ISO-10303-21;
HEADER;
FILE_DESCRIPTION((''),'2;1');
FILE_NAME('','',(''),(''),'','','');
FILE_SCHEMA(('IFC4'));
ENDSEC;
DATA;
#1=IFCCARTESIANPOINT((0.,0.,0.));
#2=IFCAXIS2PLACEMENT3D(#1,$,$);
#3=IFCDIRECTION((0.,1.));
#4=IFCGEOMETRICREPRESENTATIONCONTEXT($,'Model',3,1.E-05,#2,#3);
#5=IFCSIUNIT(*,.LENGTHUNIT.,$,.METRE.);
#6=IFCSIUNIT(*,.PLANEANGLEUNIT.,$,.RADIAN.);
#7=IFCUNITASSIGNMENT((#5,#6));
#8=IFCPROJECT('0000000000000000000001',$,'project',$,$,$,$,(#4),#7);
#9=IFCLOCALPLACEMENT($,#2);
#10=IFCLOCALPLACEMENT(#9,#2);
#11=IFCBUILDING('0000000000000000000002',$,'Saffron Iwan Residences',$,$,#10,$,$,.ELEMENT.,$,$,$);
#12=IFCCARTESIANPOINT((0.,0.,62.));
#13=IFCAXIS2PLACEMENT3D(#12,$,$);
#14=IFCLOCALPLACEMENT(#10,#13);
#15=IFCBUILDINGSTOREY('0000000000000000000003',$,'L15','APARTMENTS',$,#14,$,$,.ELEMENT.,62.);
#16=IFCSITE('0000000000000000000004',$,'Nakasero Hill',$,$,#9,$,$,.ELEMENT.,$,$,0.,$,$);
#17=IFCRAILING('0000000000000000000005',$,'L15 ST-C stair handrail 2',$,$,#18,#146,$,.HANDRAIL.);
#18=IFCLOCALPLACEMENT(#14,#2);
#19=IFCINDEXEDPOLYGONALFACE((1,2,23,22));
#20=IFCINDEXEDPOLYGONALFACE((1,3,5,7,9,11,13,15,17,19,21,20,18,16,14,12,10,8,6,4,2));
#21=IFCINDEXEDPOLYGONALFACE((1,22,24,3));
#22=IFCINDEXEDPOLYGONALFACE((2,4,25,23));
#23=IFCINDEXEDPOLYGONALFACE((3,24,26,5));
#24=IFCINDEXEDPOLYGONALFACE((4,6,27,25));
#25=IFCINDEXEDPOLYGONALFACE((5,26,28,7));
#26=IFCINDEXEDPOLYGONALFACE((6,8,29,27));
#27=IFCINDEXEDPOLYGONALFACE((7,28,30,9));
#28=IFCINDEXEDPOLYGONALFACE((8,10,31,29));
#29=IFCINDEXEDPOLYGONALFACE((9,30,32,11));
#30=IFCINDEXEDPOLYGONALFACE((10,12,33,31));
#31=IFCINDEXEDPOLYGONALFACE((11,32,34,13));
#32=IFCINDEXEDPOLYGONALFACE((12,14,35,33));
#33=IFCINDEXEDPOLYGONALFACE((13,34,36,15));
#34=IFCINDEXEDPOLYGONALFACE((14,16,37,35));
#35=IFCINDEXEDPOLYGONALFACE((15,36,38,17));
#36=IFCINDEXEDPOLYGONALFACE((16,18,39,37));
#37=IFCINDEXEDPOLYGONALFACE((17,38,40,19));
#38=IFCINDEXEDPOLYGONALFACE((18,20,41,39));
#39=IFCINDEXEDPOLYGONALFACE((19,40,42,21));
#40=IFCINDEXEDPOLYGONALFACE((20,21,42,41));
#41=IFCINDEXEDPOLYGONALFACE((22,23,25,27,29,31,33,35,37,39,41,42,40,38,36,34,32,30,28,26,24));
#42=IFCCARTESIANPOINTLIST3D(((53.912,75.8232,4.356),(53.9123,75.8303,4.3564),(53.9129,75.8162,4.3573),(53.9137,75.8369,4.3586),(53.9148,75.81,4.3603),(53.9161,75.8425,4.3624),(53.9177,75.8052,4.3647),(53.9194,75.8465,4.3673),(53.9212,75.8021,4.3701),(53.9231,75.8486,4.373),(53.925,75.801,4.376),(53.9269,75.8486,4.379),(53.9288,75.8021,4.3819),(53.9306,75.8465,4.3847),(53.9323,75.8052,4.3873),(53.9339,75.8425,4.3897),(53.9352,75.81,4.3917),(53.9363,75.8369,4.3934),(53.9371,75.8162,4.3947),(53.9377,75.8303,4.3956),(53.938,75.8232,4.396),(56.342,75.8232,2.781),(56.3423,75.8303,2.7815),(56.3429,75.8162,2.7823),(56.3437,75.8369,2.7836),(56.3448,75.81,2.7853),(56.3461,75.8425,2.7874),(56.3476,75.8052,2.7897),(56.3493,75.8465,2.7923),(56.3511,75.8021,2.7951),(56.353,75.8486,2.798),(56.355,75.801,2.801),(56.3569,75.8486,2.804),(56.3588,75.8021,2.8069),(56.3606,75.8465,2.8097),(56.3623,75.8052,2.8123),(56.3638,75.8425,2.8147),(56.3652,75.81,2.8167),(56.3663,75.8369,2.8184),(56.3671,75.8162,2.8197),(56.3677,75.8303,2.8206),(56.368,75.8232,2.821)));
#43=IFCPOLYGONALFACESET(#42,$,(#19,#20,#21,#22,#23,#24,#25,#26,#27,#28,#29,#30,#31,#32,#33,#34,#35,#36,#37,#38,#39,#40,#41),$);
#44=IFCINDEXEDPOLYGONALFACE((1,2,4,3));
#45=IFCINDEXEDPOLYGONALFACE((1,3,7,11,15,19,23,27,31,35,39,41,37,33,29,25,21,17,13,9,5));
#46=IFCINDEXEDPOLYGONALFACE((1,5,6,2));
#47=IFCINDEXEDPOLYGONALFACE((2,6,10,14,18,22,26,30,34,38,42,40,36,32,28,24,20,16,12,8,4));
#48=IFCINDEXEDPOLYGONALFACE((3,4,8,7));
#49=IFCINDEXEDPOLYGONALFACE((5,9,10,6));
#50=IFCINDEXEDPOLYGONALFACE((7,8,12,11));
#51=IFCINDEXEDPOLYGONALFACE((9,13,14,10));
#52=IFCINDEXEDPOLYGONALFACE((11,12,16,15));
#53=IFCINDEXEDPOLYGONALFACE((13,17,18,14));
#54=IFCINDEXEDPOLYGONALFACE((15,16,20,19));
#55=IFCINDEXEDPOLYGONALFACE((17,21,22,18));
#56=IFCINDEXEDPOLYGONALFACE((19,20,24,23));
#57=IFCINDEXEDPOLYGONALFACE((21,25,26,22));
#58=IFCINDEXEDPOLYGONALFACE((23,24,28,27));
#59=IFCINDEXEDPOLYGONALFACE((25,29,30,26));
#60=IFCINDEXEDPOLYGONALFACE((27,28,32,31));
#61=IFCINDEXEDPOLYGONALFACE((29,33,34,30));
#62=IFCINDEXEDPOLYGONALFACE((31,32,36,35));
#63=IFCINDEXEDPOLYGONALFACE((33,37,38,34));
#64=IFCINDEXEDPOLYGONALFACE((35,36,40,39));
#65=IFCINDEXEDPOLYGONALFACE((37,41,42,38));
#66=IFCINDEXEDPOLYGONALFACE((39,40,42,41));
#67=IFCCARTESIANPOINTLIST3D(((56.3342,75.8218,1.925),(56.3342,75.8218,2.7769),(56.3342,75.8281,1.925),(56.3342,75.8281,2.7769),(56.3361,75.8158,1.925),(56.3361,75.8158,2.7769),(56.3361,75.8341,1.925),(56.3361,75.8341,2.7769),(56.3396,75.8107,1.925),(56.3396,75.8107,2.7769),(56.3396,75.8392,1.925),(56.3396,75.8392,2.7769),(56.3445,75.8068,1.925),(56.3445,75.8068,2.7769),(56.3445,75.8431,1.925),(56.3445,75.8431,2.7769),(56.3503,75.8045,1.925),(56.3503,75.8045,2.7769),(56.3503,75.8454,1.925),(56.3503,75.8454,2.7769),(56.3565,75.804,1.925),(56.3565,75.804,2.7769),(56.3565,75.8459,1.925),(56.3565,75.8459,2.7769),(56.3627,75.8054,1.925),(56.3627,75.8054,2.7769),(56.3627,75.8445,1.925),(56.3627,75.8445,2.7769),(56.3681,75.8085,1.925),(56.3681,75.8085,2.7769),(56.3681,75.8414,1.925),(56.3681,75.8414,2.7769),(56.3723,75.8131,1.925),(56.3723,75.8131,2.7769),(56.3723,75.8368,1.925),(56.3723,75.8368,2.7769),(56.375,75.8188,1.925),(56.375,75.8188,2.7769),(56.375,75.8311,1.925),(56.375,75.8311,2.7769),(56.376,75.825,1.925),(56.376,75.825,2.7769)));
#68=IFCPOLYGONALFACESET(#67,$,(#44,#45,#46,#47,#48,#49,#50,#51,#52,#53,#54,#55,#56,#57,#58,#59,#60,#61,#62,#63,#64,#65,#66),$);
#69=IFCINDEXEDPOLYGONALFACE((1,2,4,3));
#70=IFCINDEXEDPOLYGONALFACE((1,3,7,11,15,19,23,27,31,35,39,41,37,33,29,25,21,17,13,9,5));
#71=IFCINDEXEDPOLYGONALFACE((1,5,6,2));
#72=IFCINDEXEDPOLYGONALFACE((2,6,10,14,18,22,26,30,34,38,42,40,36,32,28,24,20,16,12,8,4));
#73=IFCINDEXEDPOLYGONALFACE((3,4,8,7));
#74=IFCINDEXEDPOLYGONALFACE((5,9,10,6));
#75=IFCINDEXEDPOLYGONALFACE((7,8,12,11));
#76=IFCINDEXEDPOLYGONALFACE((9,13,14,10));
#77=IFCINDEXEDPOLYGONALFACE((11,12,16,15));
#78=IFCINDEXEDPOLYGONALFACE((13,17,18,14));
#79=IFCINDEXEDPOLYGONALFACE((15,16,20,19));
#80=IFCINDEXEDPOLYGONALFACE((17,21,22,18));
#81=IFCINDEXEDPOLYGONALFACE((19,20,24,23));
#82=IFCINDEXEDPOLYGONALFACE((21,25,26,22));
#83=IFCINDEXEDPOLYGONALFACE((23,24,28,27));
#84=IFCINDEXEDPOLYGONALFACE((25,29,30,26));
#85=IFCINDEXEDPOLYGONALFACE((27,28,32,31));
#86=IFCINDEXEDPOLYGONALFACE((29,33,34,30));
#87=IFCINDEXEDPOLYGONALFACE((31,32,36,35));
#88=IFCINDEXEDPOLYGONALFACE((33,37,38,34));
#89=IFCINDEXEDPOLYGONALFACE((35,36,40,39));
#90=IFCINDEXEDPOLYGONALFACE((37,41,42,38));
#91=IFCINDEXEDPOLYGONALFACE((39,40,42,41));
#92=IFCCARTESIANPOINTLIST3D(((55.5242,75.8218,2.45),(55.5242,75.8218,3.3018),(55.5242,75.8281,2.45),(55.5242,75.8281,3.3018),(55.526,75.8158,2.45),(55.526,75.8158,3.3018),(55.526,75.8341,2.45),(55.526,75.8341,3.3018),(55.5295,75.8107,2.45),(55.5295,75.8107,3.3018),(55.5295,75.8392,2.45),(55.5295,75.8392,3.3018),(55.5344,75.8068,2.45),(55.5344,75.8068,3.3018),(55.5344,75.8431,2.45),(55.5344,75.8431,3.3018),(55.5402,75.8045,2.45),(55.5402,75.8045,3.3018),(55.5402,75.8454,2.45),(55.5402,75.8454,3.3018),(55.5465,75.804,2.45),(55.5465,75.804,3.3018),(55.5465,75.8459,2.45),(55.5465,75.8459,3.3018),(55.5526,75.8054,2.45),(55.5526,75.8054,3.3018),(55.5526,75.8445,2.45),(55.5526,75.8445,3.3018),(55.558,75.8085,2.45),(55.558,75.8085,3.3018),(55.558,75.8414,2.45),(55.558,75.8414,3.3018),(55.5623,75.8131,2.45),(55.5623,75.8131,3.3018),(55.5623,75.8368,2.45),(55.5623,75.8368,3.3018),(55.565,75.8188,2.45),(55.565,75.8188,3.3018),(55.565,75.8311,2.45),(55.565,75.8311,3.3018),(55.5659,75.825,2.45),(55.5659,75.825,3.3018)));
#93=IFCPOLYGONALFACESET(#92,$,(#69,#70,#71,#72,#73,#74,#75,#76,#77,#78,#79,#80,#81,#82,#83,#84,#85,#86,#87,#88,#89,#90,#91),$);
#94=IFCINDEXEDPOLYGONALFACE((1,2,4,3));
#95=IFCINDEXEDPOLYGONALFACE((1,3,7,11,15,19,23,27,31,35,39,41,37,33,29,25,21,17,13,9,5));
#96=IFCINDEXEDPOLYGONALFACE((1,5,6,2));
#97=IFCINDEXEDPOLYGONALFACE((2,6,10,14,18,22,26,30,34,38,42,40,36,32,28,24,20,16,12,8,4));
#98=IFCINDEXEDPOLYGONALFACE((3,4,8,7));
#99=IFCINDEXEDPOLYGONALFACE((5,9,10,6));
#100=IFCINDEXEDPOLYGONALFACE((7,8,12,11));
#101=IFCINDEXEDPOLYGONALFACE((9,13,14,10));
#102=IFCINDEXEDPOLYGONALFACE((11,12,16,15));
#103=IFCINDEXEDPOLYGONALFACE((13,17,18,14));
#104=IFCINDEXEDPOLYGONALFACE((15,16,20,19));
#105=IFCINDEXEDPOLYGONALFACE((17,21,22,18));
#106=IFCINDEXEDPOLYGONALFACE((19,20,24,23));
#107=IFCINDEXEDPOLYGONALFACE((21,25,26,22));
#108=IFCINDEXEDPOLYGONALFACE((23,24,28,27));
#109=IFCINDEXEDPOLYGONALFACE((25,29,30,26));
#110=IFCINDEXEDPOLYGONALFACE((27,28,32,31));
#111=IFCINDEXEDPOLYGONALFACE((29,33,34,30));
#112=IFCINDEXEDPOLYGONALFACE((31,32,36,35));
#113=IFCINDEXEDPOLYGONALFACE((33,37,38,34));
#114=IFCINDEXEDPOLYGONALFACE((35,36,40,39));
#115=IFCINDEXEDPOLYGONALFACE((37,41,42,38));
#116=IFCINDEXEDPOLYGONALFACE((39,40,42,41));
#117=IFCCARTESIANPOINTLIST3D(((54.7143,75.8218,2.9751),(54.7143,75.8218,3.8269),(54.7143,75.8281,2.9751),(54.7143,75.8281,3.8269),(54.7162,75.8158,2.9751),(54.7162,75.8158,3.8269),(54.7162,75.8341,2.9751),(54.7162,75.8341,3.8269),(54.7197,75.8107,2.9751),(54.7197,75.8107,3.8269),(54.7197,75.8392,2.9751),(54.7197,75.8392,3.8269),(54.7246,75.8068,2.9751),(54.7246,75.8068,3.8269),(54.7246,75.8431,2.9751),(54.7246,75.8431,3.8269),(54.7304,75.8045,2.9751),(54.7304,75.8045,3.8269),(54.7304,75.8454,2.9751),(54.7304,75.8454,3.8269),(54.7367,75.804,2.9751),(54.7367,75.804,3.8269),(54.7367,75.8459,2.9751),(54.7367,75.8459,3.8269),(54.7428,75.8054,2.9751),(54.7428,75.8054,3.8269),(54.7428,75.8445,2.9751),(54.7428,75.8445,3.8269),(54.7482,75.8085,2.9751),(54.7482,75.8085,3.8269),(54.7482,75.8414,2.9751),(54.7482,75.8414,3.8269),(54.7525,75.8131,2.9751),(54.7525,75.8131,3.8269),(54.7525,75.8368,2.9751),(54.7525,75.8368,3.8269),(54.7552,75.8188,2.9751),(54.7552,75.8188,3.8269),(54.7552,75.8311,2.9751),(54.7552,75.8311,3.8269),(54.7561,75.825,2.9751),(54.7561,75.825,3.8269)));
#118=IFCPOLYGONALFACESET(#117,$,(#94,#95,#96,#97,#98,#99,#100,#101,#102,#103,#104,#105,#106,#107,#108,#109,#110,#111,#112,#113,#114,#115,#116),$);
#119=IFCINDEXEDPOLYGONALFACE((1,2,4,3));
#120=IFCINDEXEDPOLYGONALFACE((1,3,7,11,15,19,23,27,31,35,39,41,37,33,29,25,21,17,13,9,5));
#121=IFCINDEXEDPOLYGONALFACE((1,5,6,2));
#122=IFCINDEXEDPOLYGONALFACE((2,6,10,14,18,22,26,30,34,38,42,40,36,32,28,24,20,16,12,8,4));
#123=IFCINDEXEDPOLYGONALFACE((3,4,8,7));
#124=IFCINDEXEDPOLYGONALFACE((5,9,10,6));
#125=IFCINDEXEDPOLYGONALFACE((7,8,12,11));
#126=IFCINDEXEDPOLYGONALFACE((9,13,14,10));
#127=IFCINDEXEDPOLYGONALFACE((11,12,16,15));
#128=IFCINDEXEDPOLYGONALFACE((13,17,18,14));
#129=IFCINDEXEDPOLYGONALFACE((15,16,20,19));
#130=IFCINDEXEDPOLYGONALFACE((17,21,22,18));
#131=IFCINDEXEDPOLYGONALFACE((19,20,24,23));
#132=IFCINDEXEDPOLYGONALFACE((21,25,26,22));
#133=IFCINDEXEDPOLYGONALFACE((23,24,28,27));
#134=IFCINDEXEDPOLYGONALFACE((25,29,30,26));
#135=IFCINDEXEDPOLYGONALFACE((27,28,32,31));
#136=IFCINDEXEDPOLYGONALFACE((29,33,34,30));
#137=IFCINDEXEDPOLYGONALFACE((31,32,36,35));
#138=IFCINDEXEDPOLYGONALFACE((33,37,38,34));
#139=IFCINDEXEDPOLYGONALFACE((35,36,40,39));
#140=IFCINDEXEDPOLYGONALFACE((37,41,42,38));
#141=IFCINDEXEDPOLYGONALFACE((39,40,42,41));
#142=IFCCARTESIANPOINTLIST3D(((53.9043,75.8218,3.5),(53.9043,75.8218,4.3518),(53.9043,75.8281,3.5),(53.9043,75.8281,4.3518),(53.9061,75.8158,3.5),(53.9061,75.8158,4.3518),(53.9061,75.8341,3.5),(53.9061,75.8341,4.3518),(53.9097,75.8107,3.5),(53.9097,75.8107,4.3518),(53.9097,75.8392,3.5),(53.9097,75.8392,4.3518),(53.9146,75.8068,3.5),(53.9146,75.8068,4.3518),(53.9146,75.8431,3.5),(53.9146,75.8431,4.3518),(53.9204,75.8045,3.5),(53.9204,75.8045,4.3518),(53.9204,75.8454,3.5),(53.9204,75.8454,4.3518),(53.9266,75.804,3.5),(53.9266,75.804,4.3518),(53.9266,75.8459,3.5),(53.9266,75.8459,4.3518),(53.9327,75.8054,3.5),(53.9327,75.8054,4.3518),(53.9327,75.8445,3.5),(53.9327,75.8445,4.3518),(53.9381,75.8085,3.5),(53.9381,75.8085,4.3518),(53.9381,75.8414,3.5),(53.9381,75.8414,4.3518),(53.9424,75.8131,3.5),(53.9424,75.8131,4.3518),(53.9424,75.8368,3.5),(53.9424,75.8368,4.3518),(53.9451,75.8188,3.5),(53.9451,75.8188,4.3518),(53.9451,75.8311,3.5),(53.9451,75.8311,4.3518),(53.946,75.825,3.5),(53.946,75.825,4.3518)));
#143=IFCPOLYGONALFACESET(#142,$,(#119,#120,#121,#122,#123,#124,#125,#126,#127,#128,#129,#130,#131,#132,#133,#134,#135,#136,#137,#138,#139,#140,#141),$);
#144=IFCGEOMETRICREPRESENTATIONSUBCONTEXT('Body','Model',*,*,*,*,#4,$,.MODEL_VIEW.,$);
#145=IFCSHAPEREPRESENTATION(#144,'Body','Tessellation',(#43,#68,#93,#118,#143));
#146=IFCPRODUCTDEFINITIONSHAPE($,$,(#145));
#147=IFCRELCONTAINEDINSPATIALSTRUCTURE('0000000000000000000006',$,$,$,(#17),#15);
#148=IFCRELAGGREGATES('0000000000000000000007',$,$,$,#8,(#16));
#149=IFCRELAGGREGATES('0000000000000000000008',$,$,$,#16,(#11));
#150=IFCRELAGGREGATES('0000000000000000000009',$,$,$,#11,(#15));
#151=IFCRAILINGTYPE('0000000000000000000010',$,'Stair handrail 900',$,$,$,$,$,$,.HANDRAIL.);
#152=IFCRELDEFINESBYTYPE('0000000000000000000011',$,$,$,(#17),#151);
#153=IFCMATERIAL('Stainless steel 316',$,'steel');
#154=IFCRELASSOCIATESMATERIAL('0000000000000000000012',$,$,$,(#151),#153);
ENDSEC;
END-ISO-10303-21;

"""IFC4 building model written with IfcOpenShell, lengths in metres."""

from ifc_helpers import new_model, si_unit, direction, frame, origin, origin_2d, place, context, subcontext, project, spatial, circle, extrude, material, type_object, element, save


model = new_model("IFC4")

# Units and contexts
model_context = context("Model", 3, precision=1e-05, world=origin(), true_north=direction((0.0, 1.0)))
body_context = subcontext(model_context, "Body", "Model", "MODEL_VIEW")
ifc_project = project(units=[si_unit("LENGTHUNIT", "METRE"), si_unit("PLANEANGLEUNIT", "RADIAN")], contexts=[model_context])

# Site, building, storey
site_placement = place(None, origin())
site = spatial("IfcSite", under=ifc_project, at=site_placement, Name="Nakasero Hill", CompositionType="ELEMENT", RefElevation=0.0)
building_placement = place(site_placement, origin())
building = spatial("IfcBuilding", under=site, at=building_placement, Name="Saffron Iwan Residences", CompositionType="ELEMENT")
storey_placement = place(building_placement, frame((0.0, 0.0, 62.0)))
storey = spatial("IfcBuildingStorey", under=building, at=storey_placement, Name="L15", Description="APARTMENTS", CompositionType="ELEMENT", Elevation=62.0)

# Railing
ifc_material_1 = material(Name="Stainless steel 316", Category="steel")
railing_type_1 = type_object("IfcRailingType", Name="Stair handrail 900", PredefinedType="HANDRAIL", material=ifc_material_1)
railing_1_placement = place(storey_placement, frame((56.355, 75.825, 1.925)))
element("IfcRailing", 1, at=railing_1_placement, inside=storey, type_object=railing_type_1, Name="L15 ST-C stair handrail 2", PredefinedType="HANDRAIL", context=body_context, shape_type="SweptSolid", body=[
    extrude(circle(Radius=0.0239, at=origin_2d()), frame((0.0, 0.0, 0.876), z_axis=(-0.839154, 0.0, 0.543894), x_axis=(0.0, -1.0, 0.0)), (0.0, 0.0, 1.0), 2.8958),
    extrude(circle(Radius=0.021, at=origin_2d()), origin(), (0.0, 0.0, 1.0), 0.8518),
    extrude(circle(Radius=0.021, at=origin_2d()), frame((-0.8101, 0.0, 0.5249)), (0.0, 0.0, 1.0), 0.8518),
    extrude(circle(Radius=0.021, at=origin_2d()), frame((-1.6199, 0.0, 1.05)), (0.0, 0.0, 1.0), 0.8518),
    extrude(circle(Radius=0.021, at=origin_2d()), frame((-2.4299, 0.0, 1.575)), (0.0, 0.0, 1.0), 0.8518),
])

save(model, "model.ifc")
